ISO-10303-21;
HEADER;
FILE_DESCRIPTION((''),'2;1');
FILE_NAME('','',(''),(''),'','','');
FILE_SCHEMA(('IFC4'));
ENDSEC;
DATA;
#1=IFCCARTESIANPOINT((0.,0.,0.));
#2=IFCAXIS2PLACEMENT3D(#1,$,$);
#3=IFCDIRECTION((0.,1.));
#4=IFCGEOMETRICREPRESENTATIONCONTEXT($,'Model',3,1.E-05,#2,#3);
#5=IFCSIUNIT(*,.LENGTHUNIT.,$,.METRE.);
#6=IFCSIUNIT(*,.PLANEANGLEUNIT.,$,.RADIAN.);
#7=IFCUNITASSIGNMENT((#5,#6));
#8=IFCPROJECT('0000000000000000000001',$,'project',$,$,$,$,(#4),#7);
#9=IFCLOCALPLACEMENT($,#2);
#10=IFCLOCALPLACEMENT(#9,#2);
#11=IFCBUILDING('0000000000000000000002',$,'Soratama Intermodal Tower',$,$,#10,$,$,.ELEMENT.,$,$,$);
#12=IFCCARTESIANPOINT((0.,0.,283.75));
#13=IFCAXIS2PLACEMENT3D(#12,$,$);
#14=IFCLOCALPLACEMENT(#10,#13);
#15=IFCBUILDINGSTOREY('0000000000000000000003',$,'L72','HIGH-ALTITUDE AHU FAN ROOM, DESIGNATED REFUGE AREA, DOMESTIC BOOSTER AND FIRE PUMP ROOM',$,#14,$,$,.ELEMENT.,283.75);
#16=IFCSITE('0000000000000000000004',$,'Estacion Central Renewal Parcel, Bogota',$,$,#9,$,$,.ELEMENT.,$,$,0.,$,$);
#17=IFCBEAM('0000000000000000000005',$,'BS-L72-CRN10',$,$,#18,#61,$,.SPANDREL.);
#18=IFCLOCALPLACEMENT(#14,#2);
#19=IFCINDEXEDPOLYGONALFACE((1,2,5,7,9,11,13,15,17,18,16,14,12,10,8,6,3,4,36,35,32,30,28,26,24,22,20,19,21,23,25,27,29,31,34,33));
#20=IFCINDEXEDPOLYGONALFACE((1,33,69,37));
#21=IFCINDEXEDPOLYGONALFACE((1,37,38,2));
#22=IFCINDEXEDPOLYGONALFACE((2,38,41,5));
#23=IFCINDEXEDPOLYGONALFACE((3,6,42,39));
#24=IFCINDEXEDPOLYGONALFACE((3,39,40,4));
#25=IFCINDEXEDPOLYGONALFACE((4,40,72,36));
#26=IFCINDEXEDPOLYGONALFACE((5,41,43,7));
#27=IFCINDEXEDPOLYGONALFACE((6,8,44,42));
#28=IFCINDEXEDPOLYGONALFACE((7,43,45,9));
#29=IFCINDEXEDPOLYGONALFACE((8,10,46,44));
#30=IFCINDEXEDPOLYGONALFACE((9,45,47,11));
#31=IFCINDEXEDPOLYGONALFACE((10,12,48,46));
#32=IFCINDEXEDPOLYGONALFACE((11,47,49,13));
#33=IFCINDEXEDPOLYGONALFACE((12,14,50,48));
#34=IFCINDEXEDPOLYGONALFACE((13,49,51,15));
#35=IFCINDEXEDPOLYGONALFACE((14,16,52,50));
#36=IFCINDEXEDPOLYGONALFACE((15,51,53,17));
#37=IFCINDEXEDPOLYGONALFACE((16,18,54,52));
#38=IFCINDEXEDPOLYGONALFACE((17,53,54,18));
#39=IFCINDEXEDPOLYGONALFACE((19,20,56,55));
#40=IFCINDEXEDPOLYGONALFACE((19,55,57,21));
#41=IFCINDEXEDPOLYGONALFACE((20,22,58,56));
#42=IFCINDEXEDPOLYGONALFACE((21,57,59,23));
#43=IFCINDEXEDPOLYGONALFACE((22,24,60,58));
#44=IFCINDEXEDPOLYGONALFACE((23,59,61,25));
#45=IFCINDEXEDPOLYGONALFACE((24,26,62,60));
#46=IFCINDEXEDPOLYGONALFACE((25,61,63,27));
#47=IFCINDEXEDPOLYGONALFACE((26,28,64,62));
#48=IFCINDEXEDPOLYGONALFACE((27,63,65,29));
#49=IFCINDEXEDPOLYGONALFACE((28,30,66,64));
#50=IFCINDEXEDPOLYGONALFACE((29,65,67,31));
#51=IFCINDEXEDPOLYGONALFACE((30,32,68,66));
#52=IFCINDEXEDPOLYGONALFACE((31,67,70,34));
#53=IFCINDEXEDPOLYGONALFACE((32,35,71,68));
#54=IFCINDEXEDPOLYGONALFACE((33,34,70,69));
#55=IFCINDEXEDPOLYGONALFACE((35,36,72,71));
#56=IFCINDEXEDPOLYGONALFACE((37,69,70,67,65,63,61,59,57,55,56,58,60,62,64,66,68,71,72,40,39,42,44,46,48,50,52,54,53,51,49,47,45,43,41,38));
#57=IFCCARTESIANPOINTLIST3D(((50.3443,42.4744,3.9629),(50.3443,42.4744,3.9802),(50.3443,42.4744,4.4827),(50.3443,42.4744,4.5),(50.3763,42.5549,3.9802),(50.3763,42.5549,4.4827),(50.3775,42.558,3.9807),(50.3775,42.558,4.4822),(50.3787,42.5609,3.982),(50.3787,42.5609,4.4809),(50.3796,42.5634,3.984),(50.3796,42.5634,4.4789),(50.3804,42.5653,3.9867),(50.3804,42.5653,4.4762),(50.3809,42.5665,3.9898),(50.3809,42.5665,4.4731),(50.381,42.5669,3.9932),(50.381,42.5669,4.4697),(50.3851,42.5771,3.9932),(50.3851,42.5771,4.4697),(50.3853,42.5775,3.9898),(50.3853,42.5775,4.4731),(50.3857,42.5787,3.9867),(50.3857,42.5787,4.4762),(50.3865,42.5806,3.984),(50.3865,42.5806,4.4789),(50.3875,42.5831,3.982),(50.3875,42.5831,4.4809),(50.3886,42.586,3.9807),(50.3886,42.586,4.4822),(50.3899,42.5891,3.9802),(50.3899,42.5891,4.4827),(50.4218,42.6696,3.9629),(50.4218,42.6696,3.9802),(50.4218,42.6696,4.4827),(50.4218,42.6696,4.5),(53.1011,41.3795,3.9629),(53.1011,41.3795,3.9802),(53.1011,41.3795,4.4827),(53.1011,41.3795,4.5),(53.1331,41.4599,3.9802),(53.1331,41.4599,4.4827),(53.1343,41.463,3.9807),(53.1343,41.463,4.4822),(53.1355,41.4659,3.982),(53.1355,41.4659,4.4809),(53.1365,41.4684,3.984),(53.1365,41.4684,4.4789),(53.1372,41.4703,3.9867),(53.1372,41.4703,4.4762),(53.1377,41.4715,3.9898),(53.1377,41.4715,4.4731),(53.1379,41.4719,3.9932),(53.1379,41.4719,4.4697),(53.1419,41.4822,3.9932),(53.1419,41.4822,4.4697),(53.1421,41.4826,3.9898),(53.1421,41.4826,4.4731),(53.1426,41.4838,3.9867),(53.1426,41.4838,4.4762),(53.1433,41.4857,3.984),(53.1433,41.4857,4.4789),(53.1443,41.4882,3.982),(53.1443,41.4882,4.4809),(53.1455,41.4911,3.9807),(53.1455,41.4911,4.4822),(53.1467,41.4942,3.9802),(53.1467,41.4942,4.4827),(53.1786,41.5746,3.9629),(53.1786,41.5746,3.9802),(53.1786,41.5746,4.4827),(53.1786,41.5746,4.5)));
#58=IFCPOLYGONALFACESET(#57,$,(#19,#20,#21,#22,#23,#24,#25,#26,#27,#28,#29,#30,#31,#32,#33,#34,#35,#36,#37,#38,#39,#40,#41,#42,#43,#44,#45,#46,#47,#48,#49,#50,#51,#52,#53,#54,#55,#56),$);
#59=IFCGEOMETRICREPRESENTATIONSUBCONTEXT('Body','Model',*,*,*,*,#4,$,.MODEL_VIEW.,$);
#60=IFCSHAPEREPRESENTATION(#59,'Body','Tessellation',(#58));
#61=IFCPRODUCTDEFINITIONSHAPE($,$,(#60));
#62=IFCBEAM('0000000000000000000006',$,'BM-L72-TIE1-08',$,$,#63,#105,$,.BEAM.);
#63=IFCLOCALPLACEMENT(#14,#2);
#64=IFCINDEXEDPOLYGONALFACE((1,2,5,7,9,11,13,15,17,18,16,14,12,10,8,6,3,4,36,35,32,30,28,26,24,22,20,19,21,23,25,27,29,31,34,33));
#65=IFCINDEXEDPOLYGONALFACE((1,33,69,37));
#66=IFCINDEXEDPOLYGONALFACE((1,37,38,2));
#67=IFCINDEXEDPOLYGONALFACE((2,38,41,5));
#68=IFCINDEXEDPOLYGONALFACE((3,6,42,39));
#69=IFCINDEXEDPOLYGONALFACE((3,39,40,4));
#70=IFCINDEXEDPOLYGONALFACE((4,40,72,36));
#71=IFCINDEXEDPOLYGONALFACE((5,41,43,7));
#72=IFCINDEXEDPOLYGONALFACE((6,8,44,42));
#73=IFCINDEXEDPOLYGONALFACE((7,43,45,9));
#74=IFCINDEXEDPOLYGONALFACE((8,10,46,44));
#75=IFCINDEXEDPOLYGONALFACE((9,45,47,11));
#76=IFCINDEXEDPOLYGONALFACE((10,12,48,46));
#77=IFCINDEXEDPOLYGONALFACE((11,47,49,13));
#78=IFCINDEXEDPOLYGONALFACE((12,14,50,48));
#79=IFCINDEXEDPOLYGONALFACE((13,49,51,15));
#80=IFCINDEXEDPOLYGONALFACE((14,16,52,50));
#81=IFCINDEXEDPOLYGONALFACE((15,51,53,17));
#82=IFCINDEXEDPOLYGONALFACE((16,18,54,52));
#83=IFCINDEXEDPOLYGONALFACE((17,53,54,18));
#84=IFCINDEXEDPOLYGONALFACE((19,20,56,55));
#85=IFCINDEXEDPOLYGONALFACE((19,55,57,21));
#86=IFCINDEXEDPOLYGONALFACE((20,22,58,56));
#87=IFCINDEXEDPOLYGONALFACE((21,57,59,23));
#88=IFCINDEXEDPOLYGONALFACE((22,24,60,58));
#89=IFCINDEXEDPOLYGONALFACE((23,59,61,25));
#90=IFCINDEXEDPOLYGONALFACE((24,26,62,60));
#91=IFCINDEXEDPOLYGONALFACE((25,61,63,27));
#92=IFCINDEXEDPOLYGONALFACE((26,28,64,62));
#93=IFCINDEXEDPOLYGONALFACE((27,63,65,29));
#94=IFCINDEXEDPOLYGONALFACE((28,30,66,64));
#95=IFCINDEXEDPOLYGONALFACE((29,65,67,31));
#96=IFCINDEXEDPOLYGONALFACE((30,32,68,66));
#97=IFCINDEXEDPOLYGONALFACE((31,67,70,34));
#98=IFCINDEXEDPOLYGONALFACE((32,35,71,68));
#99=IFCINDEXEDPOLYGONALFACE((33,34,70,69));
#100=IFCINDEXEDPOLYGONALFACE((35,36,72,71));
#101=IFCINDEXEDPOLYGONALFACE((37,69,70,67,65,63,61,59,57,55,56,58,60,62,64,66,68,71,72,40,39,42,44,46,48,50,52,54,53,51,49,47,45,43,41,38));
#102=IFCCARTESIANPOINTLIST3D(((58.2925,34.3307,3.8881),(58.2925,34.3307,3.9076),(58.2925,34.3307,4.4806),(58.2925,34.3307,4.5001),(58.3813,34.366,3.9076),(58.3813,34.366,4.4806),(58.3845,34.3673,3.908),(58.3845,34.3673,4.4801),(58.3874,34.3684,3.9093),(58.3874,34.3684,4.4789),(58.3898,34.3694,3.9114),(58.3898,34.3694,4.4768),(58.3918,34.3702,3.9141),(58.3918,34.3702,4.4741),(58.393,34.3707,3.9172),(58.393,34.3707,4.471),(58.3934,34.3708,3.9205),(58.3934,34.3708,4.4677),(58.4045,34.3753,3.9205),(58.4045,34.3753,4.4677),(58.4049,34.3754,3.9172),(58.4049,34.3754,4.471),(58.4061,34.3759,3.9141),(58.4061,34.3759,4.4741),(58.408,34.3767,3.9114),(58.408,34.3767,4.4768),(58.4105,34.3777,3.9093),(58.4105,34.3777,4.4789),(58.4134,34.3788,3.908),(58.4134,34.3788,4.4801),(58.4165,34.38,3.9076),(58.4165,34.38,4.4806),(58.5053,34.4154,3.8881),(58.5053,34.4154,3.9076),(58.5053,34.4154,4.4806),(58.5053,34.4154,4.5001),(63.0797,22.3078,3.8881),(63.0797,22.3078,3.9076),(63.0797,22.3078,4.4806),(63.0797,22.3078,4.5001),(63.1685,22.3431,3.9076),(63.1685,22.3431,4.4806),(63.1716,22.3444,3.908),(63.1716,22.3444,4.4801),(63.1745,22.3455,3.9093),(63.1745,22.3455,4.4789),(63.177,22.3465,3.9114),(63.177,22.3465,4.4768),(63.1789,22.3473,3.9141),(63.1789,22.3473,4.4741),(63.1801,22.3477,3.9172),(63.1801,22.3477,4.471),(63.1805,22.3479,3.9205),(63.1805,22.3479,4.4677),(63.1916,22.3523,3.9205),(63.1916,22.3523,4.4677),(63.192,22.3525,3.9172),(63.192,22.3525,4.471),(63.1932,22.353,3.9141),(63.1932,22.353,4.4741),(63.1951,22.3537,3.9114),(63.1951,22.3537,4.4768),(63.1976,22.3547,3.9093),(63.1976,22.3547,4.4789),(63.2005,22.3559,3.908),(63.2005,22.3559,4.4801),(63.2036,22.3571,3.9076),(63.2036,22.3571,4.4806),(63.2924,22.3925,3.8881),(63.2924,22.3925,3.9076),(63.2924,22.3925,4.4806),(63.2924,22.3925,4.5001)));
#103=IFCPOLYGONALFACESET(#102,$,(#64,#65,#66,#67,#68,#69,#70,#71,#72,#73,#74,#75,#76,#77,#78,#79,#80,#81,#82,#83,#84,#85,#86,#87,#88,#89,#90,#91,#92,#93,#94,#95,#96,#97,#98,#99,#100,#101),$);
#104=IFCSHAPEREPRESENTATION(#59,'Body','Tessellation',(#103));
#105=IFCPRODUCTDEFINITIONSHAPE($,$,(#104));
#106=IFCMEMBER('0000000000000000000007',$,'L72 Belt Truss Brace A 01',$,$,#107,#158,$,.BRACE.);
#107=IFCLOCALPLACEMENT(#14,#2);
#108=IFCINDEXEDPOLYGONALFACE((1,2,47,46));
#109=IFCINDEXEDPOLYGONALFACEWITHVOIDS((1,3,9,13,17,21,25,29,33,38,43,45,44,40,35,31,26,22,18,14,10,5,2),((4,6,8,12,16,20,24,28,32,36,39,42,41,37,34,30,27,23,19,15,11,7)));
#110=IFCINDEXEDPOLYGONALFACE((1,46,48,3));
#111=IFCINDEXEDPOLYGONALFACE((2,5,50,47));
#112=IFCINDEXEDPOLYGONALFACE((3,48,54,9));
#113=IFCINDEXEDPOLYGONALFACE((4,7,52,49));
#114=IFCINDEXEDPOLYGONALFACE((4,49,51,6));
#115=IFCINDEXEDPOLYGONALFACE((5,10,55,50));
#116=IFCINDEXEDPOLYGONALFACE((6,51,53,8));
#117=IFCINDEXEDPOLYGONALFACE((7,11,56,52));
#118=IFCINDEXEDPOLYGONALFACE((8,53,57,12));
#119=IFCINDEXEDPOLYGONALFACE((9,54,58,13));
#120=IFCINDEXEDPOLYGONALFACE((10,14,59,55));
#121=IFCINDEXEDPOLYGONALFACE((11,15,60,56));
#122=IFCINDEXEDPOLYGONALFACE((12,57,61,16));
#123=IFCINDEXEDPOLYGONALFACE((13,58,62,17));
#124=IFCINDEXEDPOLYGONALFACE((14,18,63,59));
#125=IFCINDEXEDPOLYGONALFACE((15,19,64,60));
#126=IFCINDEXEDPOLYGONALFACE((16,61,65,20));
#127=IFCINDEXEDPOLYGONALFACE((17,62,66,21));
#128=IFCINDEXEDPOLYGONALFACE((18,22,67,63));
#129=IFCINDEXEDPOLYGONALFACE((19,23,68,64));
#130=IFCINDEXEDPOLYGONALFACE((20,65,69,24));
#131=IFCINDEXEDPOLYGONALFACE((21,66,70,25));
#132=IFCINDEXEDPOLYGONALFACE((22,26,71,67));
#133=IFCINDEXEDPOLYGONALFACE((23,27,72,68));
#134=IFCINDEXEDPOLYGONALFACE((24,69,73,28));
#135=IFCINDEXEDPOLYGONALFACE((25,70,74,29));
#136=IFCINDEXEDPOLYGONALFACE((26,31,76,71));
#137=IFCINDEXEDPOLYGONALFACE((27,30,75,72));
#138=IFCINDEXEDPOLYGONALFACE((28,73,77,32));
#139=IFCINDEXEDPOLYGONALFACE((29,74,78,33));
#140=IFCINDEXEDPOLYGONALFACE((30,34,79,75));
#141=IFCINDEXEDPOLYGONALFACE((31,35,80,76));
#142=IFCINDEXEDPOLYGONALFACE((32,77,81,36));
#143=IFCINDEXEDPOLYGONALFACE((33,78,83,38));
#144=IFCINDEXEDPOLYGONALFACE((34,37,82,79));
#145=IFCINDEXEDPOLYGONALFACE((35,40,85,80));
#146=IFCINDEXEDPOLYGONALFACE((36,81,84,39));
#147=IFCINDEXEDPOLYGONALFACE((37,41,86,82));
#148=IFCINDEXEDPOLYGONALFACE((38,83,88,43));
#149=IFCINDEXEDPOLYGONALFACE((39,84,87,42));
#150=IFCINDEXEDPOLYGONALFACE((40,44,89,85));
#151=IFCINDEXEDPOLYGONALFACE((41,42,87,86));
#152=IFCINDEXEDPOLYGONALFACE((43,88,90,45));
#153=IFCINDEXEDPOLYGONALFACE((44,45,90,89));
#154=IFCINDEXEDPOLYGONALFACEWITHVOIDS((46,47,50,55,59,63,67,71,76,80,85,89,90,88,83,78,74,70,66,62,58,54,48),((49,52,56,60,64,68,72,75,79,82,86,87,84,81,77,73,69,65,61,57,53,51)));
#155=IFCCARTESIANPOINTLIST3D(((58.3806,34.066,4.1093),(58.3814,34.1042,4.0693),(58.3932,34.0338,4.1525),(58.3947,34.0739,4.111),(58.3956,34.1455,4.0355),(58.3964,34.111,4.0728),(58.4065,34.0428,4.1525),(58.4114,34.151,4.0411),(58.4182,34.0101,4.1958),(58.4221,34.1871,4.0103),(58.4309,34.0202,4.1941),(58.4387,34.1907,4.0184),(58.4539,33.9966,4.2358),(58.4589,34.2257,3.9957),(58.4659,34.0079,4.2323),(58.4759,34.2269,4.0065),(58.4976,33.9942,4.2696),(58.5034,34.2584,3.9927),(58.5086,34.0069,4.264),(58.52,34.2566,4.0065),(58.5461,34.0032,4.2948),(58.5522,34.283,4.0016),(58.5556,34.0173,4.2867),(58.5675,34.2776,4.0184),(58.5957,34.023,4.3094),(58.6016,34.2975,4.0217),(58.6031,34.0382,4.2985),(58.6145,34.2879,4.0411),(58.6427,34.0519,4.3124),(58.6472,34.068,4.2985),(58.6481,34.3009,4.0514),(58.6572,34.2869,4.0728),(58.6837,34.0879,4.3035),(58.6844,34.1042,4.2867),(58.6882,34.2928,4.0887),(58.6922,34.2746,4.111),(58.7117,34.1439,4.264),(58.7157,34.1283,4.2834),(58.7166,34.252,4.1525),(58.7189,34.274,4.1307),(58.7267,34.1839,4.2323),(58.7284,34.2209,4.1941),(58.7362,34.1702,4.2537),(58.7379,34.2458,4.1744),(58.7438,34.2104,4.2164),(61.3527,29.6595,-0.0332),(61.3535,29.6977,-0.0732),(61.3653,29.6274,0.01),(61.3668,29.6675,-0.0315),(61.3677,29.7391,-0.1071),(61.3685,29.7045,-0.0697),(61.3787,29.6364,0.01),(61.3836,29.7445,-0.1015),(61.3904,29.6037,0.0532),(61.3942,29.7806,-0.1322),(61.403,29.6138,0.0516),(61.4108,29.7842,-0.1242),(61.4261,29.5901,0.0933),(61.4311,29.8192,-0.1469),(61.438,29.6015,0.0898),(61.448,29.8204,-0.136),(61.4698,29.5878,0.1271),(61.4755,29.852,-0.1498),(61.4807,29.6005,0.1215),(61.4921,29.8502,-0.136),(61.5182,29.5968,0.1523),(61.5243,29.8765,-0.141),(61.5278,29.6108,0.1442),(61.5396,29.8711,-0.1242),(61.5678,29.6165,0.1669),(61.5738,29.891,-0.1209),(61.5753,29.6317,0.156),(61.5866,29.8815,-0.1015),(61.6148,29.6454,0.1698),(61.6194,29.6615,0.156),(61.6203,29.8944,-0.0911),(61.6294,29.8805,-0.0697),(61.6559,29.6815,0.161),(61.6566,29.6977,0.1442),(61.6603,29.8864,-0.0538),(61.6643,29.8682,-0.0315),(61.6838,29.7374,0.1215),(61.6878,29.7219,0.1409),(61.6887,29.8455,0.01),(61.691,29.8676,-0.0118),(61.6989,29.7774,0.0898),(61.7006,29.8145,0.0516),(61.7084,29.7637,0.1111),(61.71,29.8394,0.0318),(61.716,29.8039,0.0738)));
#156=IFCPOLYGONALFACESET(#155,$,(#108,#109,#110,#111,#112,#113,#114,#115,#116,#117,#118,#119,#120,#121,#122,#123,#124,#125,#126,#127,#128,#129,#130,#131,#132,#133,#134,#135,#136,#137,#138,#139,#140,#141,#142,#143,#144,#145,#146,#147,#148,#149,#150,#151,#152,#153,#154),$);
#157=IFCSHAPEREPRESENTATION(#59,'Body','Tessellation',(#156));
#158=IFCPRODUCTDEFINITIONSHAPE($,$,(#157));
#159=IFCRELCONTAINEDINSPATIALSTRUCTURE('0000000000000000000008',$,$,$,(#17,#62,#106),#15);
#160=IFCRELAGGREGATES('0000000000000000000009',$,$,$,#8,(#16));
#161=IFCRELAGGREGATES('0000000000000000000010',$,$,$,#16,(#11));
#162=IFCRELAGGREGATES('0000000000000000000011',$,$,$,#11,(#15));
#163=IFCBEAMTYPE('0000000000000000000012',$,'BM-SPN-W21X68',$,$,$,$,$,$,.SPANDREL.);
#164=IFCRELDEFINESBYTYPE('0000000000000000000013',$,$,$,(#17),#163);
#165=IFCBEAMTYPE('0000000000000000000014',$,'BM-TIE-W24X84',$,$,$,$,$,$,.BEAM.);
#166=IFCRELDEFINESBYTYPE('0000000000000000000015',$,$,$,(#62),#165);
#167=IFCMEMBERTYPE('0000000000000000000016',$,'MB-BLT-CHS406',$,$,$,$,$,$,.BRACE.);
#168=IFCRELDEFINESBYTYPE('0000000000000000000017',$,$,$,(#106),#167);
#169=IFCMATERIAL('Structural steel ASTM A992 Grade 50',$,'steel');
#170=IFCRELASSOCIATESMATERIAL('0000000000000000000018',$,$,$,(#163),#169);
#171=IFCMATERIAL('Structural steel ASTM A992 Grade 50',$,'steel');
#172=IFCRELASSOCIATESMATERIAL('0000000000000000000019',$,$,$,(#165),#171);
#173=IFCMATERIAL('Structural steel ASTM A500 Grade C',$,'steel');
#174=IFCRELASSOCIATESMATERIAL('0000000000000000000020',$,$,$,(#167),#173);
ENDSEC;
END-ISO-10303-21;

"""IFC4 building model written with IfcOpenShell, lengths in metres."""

from ifc_helpers import new_model, si_unit, direction, frame, origin, origin_2d, place, context, subcontext, project, spatial, hollow_circle, i_section, extrude, material, material_profile, profile_set, type_object, element, save


model = new_model("IFC4")

# Units and contexts
model_context = context("Model", 3, precision=1e-05, world=origin(), true_north=direction((0.0, 1.0)))
body_context = subcontext(model_context, "Body", "Model", "MODEL_VIEW")
ifc_project = project(units=[si_unit("LENGTHUNIT", "METRE"), si_unit("PLANEANGLEUNIT", "RADIAN")], contexts=[model_context])

# Site, building, storey
site_placement = place(None, origin())
site = spatial("IfcSite", under=ifc_project, at=site_placement, Name="Estacion Central Renewal Parcel, Bogota", CompositionType="ELEMENT", RefElevation=0.0)
building_placement = place(site_placement, origin())
building = spatial("IfcBuilding", under=site, at=building_placement, Name="Soratama Intermodal Tower", CompositionType="ELEMENT")
storey_placement = place(building_placement, frame((0.0, 0.0, 283.75)))
storey = spatial("IfcBuildingStorey", under=building, at=storey_placement, Name="L72", Description="HIGH-ALTITUDE AHU FAN ROOM, DESIGNATED REFUGE AREA, DOMESTIC BOOSTER AND FIRE PUMP ROOM", CompositionType="ELEMENT", Elevation=283.75)

# Beams
ifc_material_1 = material(Name="Structural steel ASTM A992 Grade 50", Category="steel")
ifc_material_profile_1 = material_profile(ifc_material_1, i_section(OverallWidth=0.21, OverallDepth=0.5371, WebThickness=0.011, FlangeThickness=0.0173, FilletRadius=0.0129, at=origin_2d()), Name="W21X68")
ifc_profile_set_1 = profile_set([ifc_material_profile_1], Name="Structural steel ASTM A992 Grade 50")
beam_type_1 = type_object("IfcBeamType", Name="BM-SPN-W21X68", PredefinedType="SPANDREL", material=ifc_profile_set_1)
beam_1_placement = place(storey_placement, frame((53.1399, 41.4771, 4.2314), z_axis=(-0.929376, 0.369133, 0.0), x_axis=(-0.369133, -0.929376, 0.0)))
element("IfcBeam", 1, at=beam_1_placement, inside=storey, type_object=beam_type_1, Name="BS-L72-CRN10", PredefinedType="SPANDREL", context=body_context, shape_type="SweptSolid", body=[
    extrude(i_section(OverallWidth=0.21, OverallDepth=0.5371, WebThickness=0.011, FlangeThickness=0.0173, FilletRadius=0.0129, at=origin_2d()), origin(), (0.0, 0.0, 1.0), 2.9663),
])
ifc_material_2 = material(Name="Structural steel ASTM A992 Grade 50", Category="steel")
ifc_material_profile_2 = material_profile(ifc_material_2, i_section(OverallWidth=0.229, OverallDepth=0.6121, WebThickness=0.012, FlangeThickness=0.0195, FilletRadius=0.0129, at=origin_2d()), Name="W24X84")
ifc_profile_set_2 = profile_set([ifc_material_profile_2], Name="Structural steel ASTM A992 Grade 50")
beam_type_2 = type_object("IfcBeamType", Name="BM-TIE-W24X84", PredefinedType="BEAM", material=ifc_profile_set_2)
beam_2_placement = place(storey_placement, frame((58.3989, 34.373, 4.1941), z_axis=(0.36992, -0.929064, 0.0), x_axis=(0.929064, 0.36992, 0.0)))
element("IfcBeam", 2, at=beam_2_placement, inside=storey, type_object=beam_type_2, Name="BM-L72-TIE1-08", PredefinedType="BEAM", context=body_context, shape_type="SweptSolid", body=[
    extrude(i_section(OverallWidth=0.229, OverallDepth=0.6121, WebThickness=0.012, FlangeThickness=0.0195, FilletRadius=0.0129, at=origin_2d()), origin(), (0.0, 0.0, 1.0), 12.9409),
])

# Member
ifc_material_3 = material(Name="Structural steel ASTM A500 Grade C", Category="steel")
ifc_material_profile_3 = material_profile(ifc_material_3, hollow_circle(Radius=0.2031, WallThickness=0.0161, at=origin_2d()), Name="CHS406X16")
ifc_profile_set_3 = profile_set([ifc_material_profile_3], Name="Structural steel ASTM A500 Grade C")
member_type_1 = type_object("IfcMemberType", Name="MB-BLT-CHS406", PredefinedType="BRACE", material=ifc_profile_set_3)
for number, where, z_axis, x_axis, name in (
    (3, (61.5337, 29.741, 0.01), (-0.441051, 0.653895, 0.614732), (-0.829042, -0.559186, 0.0), "L72 Belt Truss Brace A 01"),
):
    element("IfcMember", number, at=place(storey_placement, frame(where, z_axis=z_axis, x_axis=x_axis)), inside=storey, type_object=member_type_1, Name=name, PredefinedType="BRACE", context=body_context, shape_type="SweptSolid", body=[
        extrude(hollow_circle(Radius=0.2031, WallThickness=0.0161, at=origin_2d()), origin(), (0.0, 0.0, 1.0), 6.7388),
    ])

save(model, "model.ifc")
